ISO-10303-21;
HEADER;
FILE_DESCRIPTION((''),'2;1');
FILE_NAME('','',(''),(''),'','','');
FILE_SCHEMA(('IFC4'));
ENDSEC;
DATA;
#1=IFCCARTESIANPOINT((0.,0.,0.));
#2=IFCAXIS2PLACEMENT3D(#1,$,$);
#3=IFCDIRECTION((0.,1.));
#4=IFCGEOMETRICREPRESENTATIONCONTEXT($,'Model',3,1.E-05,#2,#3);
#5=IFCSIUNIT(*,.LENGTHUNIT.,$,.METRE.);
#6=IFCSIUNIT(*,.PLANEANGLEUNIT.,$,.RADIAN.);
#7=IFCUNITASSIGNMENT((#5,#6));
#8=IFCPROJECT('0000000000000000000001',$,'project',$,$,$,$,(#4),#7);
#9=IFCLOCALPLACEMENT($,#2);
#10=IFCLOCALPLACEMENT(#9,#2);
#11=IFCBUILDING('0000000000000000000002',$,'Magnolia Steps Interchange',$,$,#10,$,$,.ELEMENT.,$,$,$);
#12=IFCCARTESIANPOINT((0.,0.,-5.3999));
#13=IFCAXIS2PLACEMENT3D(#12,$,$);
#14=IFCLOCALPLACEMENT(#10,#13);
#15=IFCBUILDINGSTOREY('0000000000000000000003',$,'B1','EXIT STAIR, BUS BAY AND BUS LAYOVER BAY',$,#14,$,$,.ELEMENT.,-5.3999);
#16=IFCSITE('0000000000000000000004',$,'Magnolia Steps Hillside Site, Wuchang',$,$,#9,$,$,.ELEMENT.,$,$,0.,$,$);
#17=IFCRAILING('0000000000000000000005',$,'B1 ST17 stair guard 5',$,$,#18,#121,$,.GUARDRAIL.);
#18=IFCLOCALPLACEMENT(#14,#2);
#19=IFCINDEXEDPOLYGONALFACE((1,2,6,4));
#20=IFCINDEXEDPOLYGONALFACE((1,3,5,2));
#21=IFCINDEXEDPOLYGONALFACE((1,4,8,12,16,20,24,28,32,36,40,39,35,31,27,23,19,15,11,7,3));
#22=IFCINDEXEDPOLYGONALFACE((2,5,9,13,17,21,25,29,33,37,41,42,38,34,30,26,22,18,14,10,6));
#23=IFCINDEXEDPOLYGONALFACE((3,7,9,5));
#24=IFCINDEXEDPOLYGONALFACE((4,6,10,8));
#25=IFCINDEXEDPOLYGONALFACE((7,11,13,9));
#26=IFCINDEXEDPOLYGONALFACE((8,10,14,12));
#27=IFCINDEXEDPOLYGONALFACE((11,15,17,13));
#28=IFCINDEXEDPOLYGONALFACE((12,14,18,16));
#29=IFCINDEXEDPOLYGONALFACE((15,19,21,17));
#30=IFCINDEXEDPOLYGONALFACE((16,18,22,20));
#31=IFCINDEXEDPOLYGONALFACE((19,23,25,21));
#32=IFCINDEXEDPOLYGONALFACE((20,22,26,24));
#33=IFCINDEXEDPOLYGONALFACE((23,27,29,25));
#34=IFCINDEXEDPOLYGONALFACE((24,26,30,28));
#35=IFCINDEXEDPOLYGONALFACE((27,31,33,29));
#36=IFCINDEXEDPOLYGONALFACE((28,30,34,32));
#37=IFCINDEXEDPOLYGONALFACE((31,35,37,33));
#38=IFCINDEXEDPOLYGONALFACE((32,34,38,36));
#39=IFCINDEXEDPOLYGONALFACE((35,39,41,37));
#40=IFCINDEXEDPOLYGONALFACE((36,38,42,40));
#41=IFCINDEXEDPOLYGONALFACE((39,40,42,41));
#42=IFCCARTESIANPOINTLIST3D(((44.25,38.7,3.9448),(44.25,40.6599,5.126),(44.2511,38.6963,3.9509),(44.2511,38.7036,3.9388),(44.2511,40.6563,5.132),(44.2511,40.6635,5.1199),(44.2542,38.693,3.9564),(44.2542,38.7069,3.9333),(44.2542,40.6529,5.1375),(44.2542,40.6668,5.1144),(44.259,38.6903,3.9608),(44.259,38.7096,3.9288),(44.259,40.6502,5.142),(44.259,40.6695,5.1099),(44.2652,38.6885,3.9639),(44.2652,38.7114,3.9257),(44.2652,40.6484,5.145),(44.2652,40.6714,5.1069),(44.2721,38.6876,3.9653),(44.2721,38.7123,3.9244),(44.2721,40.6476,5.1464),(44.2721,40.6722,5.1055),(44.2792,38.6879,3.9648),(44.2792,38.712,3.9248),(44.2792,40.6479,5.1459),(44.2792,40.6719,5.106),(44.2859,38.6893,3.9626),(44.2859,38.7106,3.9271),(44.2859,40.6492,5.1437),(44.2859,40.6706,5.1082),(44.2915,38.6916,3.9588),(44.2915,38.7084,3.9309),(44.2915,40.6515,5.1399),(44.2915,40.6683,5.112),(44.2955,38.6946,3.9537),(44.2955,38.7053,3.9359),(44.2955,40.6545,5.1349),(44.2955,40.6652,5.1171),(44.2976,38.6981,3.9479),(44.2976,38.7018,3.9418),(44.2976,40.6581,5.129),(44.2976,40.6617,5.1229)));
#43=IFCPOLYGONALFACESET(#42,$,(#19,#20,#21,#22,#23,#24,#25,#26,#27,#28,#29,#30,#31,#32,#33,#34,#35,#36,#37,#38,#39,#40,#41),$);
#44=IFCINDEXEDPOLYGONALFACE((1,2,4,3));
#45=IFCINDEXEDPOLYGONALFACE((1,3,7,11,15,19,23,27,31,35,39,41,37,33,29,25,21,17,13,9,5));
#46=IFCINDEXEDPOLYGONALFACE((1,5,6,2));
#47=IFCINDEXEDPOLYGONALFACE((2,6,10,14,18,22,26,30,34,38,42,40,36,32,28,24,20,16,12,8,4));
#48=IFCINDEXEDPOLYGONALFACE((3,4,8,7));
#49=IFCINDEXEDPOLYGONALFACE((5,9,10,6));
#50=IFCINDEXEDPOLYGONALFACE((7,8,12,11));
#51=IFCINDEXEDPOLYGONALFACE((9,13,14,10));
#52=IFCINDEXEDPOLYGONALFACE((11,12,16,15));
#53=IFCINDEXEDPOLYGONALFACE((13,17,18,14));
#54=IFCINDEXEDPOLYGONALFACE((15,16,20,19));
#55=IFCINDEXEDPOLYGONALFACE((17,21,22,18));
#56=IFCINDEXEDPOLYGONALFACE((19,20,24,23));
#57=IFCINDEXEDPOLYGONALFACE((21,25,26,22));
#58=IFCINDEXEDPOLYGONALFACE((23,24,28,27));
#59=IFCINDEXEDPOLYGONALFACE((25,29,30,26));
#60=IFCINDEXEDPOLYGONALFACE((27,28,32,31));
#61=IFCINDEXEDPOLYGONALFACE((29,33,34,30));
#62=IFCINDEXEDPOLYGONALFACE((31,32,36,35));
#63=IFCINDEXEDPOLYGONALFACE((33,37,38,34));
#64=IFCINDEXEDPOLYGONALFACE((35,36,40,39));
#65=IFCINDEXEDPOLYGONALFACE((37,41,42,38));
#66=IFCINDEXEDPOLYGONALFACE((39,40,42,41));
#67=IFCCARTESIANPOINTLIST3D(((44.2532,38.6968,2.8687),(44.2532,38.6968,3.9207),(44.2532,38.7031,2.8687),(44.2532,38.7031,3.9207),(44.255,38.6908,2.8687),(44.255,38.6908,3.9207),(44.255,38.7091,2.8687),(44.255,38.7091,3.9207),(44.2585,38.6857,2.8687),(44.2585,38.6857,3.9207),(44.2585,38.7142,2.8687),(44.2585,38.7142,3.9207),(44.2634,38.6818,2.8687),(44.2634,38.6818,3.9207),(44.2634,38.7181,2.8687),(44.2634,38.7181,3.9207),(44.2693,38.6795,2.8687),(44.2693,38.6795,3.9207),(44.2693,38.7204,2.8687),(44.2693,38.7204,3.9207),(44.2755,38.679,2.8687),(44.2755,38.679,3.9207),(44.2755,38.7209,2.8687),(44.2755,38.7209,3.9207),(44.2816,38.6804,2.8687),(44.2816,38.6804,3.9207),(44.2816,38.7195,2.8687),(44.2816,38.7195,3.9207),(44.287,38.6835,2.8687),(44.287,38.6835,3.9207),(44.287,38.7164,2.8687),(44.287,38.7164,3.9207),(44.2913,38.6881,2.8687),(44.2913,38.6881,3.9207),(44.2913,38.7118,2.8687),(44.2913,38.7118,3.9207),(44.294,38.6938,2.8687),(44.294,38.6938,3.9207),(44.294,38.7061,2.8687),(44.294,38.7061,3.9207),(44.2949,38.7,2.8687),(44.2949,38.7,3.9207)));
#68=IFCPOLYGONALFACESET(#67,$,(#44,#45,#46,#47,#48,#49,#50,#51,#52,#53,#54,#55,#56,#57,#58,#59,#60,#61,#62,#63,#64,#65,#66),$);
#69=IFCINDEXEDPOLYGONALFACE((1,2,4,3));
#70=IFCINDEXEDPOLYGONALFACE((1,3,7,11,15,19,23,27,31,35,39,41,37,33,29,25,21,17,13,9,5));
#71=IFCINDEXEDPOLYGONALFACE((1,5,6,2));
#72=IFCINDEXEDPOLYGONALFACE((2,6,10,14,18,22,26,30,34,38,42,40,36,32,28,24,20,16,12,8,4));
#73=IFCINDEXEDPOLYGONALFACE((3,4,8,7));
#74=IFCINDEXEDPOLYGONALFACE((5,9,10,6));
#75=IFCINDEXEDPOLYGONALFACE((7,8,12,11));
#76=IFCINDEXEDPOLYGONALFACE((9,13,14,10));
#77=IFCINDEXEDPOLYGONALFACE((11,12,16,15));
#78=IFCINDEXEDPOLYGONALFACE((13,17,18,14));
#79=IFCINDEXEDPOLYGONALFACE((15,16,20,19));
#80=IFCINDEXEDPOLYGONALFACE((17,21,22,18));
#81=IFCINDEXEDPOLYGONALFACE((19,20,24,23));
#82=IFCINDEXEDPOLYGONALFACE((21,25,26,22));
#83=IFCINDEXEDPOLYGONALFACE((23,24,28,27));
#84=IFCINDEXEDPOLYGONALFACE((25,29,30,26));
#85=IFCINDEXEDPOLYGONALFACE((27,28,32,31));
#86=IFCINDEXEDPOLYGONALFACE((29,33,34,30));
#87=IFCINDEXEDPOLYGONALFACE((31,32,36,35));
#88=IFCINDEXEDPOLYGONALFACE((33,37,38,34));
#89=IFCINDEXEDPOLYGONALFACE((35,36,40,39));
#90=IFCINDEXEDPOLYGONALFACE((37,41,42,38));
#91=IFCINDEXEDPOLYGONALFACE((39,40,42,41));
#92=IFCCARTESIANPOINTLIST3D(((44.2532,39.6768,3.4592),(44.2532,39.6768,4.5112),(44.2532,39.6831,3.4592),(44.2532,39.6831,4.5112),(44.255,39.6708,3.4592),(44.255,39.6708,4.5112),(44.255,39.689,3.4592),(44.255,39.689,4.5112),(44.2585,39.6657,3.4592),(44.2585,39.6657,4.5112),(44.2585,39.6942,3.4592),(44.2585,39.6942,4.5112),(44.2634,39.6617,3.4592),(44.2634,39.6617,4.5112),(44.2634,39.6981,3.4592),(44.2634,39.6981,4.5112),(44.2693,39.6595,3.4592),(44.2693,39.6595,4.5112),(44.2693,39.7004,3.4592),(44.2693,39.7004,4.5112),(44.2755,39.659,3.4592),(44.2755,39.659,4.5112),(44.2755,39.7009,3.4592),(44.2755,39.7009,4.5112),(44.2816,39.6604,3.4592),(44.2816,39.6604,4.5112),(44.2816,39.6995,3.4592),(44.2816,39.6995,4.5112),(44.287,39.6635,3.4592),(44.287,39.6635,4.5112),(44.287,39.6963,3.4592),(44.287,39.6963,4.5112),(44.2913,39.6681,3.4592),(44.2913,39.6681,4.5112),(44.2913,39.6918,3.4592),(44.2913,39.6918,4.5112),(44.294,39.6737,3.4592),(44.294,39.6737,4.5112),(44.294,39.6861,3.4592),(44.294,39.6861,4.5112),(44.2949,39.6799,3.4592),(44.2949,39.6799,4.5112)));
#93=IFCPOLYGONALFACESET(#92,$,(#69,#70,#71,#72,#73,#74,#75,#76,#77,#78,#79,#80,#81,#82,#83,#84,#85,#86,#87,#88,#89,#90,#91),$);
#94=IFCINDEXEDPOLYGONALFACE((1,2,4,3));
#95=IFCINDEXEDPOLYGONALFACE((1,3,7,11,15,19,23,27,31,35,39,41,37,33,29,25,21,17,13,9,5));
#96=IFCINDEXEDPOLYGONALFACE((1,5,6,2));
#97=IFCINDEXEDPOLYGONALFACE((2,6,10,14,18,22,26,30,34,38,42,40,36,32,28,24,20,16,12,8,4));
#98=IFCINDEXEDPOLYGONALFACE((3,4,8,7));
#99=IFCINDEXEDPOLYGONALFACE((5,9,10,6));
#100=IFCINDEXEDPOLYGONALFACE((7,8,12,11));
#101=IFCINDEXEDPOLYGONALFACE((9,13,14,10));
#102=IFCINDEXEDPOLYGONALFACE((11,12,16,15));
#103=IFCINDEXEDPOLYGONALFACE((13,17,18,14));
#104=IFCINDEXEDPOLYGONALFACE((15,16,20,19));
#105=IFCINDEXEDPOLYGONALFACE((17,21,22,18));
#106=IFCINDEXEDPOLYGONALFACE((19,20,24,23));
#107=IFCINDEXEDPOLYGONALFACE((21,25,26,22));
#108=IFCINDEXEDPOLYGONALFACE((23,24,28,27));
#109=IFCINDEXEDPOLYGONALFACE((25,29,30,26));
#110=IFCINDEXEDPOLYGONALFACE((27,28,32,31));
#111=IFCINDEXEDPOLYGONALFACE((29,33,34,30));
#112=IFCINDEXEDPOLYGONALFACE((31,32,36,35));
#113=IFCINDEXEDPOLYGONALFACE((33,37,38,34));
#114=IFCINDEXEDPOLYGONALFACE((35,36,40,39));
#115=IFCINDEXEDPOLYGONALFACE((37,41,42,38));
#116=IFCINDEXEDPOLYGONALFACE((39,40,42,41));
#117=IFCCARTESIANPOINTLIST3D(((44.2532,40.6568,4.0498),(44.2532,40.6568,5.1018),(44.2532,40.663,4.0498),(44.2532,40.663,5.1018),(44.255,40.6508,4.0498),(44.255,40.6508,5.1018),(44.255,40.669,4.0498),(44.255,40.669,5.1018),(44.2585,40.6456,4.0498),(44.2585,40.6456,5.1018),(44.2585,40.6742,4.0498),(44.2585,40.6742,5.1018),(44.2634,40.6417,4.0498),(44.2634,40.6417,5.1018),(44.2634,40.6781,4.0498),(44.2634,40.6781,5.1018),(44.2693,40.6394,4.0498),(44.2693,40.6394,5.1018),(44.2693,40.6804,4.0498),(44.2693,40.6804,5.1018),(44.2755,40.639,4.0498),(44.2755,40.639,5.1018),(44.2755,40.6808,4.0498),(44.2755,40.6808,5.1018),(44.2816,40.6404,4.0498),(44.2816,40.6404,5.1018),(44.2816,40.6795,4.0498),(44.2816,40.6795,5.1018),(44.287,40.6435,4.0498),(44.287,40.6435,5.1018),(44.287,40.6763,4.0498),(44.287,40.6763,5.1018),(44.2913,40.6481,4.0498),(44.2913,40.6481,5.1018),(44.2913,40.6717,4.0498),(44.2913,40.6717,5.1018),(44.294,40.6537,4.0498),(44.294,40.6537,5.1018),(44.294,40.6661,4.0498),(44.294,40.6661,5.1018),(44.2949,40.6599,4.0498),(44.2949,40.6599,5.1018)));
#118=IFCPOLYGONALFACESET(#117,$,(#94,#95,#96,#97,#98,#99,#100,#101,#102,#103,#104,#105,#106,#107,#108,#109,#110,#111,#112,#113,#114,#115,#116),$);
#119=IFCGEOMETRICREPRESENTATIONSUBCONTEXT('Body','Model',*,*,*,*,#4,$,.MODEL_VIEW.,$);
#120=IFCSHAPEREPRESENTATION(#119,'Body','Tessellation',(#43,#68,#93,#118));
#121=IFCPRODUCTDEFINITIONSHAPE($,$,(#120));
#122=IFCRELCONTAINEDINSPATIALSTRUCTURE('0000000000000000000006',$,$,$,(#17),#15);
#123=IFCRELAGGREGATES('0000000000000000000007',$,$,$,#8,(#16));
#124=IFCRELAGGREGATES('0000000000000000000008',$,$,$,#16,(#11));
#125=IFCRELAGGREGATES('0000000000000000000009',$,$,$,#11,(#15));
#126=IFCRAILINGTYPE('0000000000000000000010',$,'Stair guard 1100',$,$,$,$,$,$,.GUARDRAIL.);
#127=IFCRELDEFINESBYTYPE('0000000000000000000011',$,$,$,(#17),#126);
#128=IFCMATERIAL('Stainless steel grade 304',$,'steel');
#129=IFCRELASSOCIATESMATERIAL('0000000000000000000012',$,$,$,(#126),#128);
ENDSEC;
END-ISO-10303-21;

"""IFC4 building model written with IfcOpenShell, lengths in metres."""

from ifc_helpers import new_model, si_unit, direction, frame, origin, origin_2d, place, context, subcontext, project, spatial, circle, extrude, material, type_object, element, save


model = new_model("IFC4")

# Units and contexts
model_context = context("Model", 3, precision=1e-05, world=origin(), true_north=direction((0.0, 1.0)))
body_context = subcontext(model_context, "Body", "Model", "MODEL_VIEW")
ifc_project = project(units=[si_unit("LENGTHUNIT", "METRE"), si_unit("PLANEANGLEUNIT", "RADIAN")], contexts=[model_context])

# Site, building, storey
site_placement = place(None, origin())
site = spatial("IfcSite", under=ifc_project, at=site_placement, Name="Magnolia Steps Hillside Site, Wuchang", CompositionType="ELEMENT", RefElevation=0.0)
building_placement = place(site_placement, origin())
building = spatial("IfcBuilding", under=site, at=building_placement, Name="Magnolia Steps Interchange", CompositionType="ELEMENT")
storey_placement = place(building_placement, frame((0.0, 0.0, -5.3999)))
storey = spatial("IfcBuildingStorey", under=building, at=storey_placement, Name="B1", Description="EXIT STAIR, BUS BAY AND BUS LAYOVER BAY", CompositionType="ELEMENT", Elevation=-5.3999)

# Railing
ifc_material_1 = material(Name="Stainless steel grade 304", Category="steel")
railing_type_1 = type_object("IfcRailingType", Name="Stair guard 1100", PredefinedType="GUARDRAIL", material=ifc_material_1)
railing_1_placement = place(storey_placement, frame((44.2739, 38.7, 2.8687)))
element("IfcRailing", 1, at=railing_1_placement, inside=storey, type_object=railing_type_1, Name="B1 ST17 stair guard 5", PredefinedType="GUARDRAIL", context=body_context, shape_type="SweptSolid", body=[
    extrude(circle(Radius=0.0239, at=origin_2d()), frame((0.0, 0.0, 1.0762), z_axis=(0.0, 0.856493, 0.516158), x_axis=(-1.0, 0.0, 0.0)), (0.0, 0.0, 1.0), 2.2883),
    extrude(circle(Radius=0.021, at=origin_2d()), origin(), (0.0, 0.0, 1.0), 1.052),
    extrude(circle(Radius=0.021, at=origin_2d()), frame((0.0, 0.98, 0.5906)), (0.0, 0.0, 1.0), 1.052),
    extrude(circle(Radius=0.021, at=origin_2d()), frame((0.0, 1.96, 1.1812)), (0.0, 0.0, 1.0), 1.052),
])

save(model, "model.ifc")
